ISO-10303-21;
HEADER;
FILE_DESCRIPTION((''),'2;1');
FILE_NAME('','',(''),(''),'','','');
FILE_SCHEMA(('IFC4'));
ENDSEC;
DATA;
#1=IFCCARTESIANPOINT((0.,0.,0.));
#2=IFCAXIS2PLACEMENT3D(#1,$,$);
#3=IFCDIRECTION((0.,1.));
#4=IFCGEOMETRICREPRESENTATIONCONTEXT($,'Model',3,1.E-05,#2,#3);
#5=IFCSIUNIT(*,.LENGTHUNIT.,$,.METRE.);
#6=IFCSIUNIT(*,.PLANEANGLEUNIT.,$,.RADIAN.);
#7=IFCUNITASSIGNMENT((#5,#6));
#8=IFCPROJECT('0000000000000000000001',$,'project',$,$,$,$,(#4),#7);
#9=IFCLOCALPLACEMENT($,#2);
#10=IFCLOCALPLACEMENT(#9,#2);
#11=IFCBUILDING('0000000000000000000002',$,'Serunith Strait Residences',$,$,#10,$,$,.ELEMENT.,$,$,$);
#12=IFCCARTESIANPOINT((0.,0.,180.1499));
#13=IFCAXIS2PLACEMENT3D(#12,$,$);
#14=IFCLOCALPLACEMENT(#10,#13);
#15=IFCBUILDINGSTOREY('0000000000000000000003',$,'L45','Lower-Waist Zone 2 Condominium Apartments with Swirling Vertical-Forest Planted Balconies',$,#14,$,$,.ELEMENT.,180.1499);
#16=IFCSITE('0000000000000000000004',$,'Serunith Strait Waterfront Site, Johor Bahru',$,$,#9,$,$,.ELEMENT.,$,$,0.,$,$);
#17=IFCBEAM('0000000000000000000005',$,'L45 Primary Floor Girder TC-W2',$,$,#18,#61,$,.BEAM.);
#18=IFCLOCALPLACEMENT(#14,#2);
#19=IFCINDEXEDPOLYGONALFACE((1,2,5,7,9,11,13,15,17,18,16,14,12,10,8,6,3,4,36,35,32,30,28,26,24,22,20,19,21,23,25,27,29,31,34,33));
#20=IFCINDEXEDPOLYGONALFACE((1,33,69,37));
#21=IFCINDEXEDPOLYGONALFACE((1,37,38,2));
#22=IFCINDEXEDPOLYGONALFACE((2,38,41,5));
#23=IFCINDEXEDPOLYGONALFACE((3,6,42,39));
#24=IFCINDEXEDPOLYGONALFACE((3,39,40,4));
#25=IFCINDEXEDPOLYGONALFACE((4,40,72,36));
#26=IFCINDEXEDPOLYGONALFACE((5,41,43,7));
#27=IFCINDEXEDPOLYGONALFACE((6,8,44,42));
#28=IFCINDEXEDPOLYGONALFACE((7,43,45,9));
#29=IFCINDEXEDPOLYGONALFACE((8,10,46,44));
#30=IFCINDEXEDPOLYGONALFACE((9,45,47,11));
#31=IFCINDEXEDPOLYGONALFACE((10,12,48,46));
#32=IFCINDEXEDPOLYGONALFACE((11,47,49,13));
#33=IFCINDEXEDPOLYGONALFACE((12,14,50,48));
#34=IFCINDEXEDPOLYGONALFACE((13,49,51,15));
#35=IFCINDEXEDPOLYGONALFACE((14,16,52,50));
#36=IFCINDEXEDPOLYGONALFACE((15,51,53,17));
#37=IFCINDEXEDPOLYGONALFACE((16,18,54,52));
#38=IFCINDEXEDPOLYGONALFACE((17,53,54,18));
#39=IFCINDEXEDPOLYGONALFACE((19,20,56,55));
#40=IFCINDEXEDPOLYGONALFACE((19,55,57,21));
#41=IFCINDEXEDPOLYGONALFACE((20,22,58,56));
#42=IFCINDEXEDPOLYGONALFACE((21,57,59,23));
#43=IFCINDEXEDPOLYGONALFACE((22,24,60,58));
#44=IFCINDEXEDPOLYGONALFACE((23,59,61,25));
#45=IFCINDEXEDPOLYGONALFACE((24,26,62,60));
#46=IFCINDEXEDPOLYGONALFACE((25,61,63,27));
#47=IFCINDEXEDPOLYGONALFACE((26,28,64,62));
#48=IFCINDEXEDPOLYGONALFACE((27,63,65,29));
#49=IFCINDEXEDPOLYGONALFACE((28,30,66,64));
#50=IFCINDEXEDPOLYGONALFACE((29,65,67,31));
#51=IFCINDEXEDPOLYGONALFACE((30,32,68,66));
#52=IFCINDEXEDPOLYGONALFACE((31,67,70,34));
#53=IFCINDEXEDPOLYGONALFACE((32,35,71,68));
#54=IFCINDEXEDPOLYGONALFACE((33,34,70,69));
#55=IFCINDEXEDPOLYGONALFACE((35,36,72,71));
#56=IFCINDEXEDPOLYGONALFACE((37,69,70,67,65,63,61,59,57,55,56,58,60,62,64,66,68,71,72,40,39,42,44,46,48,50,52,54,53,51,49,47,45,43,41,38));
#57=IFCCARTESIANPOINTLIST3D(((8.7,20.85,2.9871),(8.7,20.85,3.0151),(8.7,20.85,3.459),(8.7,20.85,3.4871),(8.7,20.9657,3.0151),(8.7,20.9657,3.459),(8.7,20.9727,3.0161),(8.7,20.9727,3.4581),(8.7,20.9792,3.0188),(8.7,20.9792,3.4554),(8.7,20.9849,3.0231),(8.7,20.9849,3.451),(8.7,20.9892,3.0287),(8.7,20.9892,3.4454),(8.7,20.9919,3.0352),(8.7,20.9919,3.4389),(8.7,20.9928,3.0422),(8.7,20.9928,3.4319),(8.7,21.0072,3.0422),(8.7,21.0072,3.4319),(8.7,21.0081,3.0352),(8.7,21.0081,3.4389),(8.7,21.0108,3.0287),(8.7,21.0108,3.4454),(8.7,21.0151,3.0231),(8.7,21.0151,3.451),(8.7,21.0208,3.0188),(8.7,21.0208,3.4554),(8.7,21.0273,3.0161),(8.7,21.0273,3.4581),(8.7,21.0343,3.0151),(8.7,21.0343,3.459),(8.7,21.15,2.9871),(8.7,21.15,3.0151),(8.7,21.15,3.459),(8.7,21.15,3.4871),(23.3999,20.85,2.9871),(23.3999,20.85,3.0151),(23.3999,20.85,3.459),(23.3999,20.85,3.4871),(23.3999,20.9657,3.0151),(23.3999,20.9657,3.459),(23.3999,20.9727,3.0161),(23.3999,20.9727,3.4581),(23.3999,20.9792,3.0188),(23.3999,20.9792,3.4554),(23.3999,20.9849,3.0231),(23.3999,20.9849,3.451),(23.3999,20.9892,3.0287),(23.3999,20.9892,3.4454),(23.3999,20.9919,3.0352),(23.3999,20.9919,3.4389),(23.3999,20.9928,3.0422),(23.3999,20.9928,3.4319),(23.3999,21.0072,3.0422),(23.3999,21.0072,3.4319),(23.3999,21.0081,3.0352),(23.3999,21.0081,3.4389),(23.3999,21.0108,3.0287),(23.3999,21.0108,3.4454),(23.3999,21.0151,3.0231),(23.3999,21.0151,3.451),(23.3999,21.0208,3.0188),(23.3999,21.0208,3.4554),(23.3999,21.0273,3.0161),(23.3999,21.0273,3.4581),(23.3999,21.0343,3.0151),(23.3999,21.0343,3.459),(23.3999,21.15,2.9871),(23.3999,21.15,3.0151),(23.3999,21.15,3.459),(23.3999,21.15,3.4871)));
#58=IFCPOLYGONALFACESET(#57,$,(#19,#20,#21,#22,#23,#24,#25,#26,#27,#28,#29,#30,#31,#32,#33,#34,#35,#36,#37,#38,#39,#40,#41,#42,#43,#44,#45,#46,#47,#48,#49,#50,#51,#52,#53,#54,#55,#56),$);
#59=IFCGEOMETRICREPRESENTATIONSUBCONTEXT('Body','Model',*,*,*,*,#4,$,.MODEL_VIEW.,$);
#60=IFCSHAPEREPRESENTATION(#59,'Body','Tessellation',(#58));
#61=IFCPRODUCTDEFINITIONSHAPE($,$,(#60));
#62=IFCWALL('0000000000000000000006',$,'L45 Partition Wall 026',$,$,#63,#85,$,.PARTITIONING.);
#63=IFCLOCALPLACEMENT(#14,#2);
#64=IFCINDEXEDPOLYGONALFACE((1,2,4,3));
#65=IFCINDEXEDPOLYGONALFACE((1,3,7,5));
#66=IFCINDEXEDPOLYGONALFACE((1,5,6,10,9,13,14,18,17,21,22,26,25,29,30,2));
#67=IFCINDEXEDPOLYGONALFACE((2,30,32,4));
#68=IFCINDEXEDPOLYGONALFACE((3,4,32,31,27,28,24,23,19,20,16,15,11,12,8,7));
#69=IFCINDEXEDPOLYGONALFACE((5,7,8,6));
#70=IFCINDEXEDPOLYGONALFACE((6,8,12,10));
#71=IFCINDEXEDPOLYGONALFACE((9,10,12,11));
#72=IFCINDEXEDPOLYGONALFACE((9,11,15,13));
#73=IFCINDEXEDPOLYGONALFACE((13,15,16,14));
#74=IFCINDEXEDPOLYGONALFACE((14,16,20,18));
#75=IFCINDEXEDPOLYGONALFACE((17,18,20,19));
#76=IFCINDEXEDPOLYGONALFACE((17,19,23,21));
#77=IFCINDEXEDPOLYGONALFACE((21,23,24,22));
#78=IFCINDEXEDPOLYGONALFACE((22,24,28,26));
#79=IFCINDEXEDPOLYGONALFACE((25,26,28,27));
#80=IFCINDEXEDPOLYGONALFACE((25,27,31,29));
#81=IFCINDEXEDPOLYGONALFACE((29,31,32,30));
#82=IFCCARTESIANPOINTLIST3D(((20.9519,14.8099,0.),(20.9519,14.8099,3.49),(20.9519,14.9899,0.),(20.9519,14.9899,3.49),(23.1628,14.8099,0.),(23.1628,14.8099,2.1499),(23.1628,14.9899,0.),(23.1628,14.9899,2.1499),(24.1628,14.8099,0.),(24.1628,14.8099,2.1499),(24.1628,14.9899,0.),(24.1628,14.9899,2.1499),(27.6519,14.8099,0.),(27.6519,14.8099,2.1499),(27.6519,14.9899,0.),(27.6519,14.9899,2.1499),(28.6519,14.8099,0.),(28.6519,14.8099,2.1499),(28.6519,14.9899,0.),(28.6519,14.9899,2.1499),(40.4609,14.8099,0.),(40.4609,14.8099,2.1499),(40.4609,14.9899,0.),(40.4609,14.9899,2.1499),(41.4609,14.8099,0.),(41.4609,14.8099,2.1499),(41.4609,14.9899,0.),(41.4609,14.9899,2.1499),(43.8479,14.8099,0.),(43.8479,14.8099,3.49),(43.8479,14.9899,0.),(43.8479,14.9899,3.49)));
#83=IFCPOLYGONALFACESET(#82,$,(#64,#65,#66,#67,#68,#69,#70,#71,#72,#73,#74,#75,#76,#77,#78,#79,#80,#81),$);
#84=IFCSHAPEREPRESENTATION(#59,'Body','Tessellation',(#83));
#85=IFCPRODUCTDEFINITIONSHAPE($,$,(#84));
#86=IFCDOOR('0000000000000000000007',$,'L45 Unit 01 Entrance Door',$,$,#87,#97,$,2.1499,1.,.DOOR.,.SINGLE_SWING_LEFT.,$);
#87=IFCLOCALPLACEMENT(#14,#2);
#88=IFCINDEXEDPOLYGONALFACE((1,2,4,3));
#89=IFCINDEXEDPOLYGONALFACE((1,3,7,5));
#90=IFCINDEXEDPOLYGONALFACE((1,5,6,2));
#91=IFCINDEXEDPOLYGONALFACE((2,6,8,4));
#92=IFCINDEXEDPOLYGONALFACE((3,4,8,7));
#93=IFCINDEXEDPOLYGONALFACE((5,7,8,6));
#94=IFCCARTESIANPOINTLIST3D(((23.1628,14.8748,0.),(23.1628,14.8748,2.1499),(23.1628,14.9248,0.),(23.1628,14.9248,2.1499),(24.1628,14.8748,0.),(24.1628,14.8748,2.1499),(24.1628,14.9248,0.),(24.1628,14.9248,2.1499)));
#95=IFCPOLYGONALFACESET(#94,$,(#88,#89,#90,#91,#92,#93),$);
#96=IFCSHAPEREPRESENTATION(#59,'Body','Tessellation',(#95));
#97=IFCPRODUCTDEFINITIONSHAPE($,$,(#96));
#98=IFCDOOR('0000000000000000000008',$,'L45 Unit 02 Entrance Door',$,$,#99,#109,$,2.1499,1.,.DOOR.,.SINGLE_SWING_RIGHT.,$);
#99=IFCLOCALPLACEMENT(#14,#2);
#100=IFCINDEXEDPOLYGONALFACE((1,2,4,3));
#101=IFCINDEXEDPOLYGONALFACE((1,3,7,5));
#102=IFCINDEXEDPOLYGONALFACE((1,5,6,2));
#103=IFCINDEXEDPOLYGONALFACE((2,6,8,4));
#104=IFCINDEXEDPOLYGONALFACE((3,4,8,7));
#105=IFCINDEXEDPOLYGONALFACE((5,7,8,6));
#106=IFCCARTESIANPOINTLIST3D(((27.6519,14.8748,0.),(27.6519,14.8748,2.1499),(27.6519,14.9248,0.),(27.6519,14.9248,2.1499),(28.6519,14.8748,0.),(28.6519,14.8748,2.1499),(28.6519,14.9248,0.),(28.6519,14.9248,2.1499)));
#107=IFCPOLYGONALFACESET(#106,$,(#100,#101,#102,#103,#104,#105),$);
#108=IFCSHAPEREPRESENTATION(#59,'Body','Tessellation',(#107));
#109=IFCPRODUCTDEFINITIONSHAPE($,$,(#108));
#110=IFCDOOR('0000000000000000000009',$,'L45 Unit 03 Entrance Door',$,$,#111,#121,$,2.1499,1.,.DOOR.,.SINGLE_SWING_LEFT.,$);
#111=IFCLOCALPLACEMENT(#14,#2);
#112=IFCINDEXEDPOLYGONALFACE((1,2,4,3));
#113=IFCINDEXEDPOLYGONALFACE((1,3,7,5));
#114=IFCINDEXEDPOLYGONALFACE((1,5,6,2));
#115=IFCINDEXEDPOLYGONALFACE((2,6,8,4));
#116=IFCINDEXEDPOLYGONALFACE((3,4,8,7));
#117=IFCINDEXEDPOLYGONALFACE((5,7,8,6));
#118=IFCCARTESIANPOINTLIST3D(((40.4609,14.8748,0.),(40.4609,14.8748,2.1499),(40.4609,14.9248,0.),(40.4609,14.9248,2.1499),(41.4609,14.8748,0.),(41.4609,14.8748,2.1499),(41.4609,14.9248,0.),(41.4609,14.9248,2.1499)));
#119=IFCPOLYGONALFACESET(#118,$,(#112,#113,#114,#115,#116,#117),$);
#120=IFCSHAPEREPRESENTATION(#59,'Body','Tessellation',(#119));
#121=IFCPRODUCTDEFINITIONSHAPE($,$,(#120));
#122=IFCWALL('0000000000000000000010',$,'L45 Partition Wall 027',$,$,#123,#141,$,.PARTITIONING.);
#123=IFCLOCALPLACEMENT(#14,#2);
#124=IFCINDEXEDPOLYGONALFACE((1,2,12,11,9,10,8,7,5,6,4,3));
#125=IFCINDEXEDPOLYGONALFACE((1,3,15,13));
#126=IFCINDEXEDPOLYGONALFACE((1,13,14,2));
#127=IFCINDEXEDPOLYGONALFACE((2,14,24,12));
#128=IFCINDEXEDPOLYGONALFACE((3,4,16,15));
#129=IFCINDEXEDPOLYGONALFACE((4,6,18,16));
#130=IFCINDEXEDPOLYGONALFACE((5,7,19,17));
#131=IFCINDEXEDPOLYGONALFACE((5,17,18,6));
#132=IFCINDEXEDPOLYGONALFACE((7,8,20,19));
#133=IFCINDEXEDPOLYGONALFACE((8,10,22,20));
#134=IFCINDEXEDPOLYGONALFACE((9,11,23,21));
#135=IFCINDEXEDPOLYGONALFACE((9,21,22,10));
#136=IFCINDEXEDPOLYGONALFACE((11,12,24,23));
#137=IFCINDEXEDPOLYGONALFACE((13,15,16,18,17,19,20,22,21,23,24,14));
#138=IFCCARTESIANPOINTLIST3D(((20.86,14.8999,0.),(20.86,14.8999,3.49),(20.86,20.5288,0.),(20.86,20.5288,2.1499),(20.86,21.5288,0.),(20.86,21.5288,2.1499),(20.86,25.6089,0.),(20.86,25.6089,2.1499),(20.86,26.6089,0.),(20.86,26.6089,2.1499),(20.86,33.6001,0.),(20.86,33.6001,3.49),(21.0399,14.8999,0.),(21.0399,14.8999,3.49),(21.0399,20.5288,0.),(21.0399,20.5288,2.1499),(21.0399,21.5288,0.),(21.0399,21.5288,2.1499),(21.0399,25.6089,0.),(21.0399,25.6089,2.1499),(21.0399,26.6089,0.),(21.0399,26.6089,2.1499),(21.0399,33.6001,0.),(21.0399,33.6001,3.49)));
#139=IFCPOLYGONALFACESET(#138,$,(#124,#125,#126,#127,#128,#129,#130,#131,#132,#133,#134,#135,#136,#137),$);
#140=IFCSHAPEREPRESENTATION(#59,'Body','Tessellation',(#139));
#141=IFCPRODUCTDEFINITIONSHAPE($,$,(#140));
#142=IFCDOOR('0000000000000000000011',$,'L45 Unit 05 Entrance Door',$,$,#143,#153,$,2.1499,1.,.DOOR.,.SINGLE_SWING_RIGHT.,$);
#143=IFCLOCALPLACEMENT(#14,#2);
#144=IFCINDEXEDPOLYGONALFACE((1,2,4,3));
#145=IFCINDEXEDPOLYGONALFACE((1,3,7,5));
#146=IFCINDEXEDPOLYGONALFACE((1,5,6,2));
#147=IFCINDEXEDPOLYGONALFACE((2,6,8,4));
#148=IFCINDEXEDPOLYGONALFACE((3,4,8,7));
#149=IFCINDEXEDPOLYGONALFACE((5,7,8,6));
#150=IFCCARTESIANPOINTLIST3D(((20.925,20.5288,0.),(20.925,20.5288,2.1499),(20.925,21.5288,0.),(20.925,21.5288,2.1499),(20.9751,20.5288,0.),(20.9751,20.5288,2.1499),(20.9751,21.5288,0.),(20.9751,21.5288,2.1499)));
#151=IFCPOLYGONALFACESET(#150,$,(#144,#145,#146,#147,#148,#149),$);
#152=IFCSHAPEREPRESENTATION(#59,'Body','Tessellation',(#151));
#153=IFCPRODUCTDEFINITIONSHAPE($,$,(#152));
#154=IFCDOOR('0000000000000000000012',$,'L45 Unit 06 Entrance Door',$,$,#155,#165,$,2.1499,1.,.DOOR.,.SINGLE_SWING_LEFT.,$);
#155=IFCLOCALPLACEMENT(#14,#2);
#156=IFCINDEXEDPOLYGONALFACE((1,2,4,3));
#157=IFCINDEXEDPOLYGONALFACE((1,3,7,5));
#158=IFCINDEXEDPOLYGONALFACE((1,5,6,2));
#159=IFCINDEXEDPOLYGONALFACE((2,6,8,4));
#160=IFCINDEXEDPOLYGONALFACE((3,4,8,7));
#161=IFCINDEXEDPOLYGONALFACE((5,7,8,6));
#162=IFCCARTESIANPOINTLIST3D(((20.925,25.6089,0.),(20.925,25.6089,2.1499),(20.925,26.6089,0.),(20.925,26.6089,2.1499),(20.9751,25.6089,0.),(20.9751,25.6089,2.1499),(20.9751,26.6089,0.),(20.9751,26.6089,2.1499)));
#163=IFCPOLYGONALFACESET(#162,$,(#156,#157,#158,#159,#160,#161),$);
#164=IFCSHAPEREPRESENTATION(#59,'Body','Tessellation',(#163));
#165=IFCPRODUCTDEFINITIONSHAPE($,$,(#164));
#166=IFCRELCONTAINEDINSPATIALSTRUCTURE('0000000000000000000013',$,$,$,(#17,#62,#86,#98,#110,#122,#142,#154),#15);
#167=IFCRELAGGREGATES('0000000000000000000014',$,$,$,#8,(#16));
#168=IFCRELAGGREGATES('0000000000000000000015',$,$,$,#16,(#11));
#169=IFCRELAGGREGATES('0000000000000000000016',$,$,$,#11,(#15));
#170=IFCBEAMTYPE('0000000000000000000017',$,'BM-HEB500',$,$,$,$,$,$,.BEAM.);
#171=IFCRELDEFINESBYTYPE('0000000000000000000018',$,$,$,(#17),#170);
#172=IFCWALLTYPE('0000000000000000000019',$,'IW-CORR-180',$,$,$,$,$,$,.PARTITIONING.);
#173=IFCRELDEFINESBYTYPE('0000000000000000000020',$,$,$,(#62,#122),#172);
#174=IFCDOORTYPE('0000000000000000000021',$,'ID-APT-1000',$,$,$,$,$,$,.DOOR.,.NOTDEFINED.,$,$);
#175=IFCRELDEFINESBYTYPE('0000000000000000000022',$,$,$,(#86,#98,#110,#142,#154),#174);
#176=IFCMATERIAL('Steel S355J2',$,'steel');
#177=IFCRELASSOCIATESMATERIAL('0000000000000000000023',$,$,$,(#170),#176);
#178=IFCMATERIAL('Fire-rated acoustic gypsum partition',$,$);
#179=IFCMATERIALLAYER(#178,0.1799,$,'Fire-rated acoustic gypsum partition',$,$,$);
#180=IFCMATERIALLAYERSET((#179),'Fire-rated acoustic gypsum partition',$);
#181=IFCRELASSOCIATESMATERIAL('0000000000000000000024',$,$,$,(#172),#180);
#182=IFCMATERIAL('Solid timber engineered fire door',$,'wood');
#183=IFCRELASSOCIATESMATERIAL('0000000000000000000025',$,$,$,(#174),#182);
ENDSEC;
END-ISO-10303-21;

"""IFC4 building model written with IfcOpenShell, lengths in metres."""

from ifc_helpers import new_model, si_unit, direction, frame, frame_2d, origin, origin_2d, place, context, subcontext, project, spatial, rectangle, i_section, extrude, source, transform, mapped, material, layer, layer_set, material_profile, profile_set, type_object, element, fill, save


model = new_model("IFC4")

# Units and contexts
model_context = context("Model", 3, precision=1e-05, world=origin(), true_north=direction((0.0, 1.0)))
body_context = subcontext(model_context, "Body", "Model", "MODEL_VIEW")
ifc_project = project(units=[si_unit("LENGTHUNIT", "METRE"), si_unit("PLANEANGLEUNIT", "RADIAN")], contexts=[model_context])

# Site, building, storey
site_placement = place(None, origin())
site = spatial("IfcSite", under=ifc_project, at=site_placement, Name="Serunith Strait Waterfront Site, Johor Bahru", CompositionType="ELEMENT", RefElevation=0.0)
building_placement = place(site_placement, origin())
building = spatial("IfcBuilding", under=site, at=building_placement, Name="Serunith Strait Residences", CompositionType="ELEMENT")
storey_placement = place(building_placement, frame((0.0, 0.0, 180.1499)))
storey = spatial("IfcBuildingStorey", under=building, at=storey_placement, Name="L45", Description="Lower-Waist Zone 2 Condominium Apartments with Swirling Vertical-Forest Planted Balconies", CompositionType="ELEMENT", Elevation=180.1499)

# Beam
ifc_material_1 = material(Name="Steel S355J2", Category="steel")
ifc_material_profile = material_profile(ifc_material_1, i_section(OverallWidth=0.3, OverallDepth=0.5, WebThickness=0.0144, FlangeThickness=0.0281, FilletRadius=0.0271, at=origin_2d()), Name="HEB 500")
ifc_profile_set = profile_set([ifc_material_profile], Name="Steel S355J2")
beam_type = type_object("IfcBeamType", Name="BM-HEB500", PredefinedType="BEAM", material=ifc_profile_set)
shared_shape_1 = source(origin(), body_context, "Body", "SweptSolid", [
    extrude(i_section(OverallWidth=0.3, OverallDepth=0.5, WebThickness=0.0144, FlangeThickness=0.0281, FilletRadius=0.0271, at=origin_2d()), origin(), (0.0, 0.0, 1.0), 14.7),
])
beam_placement = place(storey_placement, frame((23.3999, 21.0, 3.2371), z_axis=(-1.0, 0.0, 0.0), x_axis=(0.0, -1.0, 0.0)))
element("IfcBeam", 1, at=beam_placement, inside=storey, type_object=beam_type, Name="L45 Primary Floor Girder TC-W2", PredefinedType="BEAM", context=body_context, shape_type="MappedRepresentation", body=[
    mapped(shared_shape_1, transform((0.0, 0.0, 0.0), scale=1.0)),
])

# Walls, openings, doors
ifc_material_2 = material(Name="Fire-rated acoustic gypsum partition")
ifc_layer_1 = layer(ifc_material_2, 0.1799, Name="Fire-rated acoustic gypsum partition")
ifc_layer_set_1 = layer_set([ifc_layer_1], Name="Fire-rated acoustic gypsum partition")
wall_type_1 = type_object("IfcWallType", Name="IW-CORR-180", PredefinedType="PARTITIONING", material=ifc_layer_set_1)
wall_1_placement = place(storey_placement, frame((20.9519, 14.8999, 0.0), z_axis=(0.0, 0.0, 1.0), x_axis=(1.0, 0.0, 0.0)))
wall_1 = element("IfcWall", 2, at=wall_1_placement, inside=storey, type_object=wall_type_1, Name="L45 Partition Wall 026", PredefinedType="PARTITIONING", context=body_context, shape_type="SweptSolid", body=[
    extrude(rectangle(XDim=22.896, YDim=0.1799, at=frame_2d((11.448, 0.0))), origin(), (0.0, 0.0, 1.0), 3.49),
])
opening_1_placement = place(wall_1_placement, frame((2.2109, 0.0, 0.0)))
opening_1 = element("IfcOpeningElement", 3, at=opening_1_placement, cuts=wall_1, PredefinedType="OPENING", context=body_context, shape_type="SweptSolid", body=[
    extrude(rectangle(XDim=1.0, YDim=2.1499, at=frame_2d((0.5, 1.075))), frame((0.0, 0.1001, 0.0), z_axis=(0.0, -1.0, 0.0), x_axis=(1.0, 0.0, 0.0)), (0.0, 0.0, 1.0), 0.2),
])
opening_2_placement = place(wall_1_placement, frame((6.7, 0.0, 0.0)))
opening_2 = element("IfcOpeningElement", 4, at=opening_2_placement, cuts=wall_1, PredefinedType="OPENING", context=body_context, shape_type="SweptSolid", body=[
    extrude(rectangle(XDim=1.0, YDim=2.1499, at=frame_2d((0.5, 1.075))), frame((0.0, 0.1001, 0.0), z_axis=(0.0, -1.0, 0.0), x_axis=(1.0, 0.0, 0.0)), (0.0, 0.0, 1.0), 0.2),
])
opening_3_placement = place(wall_1_placement, frame((19.509, 0.0, 0.0)))
opening_3 = element("IfcOpeningElement", 5, at=opening_3_placement, cuts=wall_1, PredefinedType="OPENING", context=body_context, shape_type="SweptSolid", body=[
    extrude(rectangle(XDim=1.0, YDim=2.1499, at=frame_2d((0.5, 1.075))), frame((0.0, 0.1001, 0.0), z_axis=(0.0, -1.0, 0.0), x_axis=(1.0, 0.0, 0.0)), (0.0, 0.0, 1.0), 0.2),
])
ifc_material_3 = material(Name="Solid timber engineered fire door", Category="wood")
door_type_1 = type_object("IfcDoorType", Name="ID-APT-1000", OperationType="NOTDEFINED", PredefinedType="DOOR", material=ifc_material_3)
shared_shape_2 = source(origin(), body_context, "Body", "SweptSolid", [
    extrude(rectangle(XDim=1.0, YDim=2.1499, at=frame_2d((0.5, 1.075))), frame((0.0, 0.0249, 0.0), z_axis=(0.0, -1.0, 0.0), x_axis=(1.0, 0.0, 0.0)), (0.0, 0.0, 1.0), 0.05),
])
door_1_placement = place(opening_1_placement, origin())
door_1 = element("IfcDoor", 6, at=door_1_placement, inside=storey, type_object=door_type_1, Name="L45 Unit 01 Entrance Door", OperationType="SINGLE_SWING_LEFT", OverallHeight=2.1499, OverallWidth=1.0, PredefinedType="DOOR", context=body_context, shape_type="MappedRepresentation", body=[
    mapped(shared_shape_2, transform((0.0, 0.0, 0.0), scale=1.0)),
])
fill(opening_1, door_1)
door_2_placement = place(opening_2_placement, origin())
door_2 = element("IfcDoor", 7, at=door_2_placement, inside=storey, type_object=door_type_1, Name="L45 Unit 02 Entrance Door", OperationType="SINGLE_SWING_RIGHT", OverallHeight=2.1499, OverallWidth=1.0, PredefinedType="DOOR", context=body_context, shape_type="MappedRepresentation", body=[
    mapped(shared_shape_2, transform((0.0, 0.0, 0.0), scale=1.0)),
])
fill(opening_2, door_2)
door_3_placement = place(opening_3_placement, origin())
door_3 = element("IfcDoor", 8, at=door_3_placement, inside=storey, type_object=door_type_1, Name="L45 Unit 03 Entrance Door", OperationType="SINGLE_SWING_LEFT", OverallHeight=2.1499, OverallWidth=1.0, PredefinedType="DOOR", context=body_context, shape_type="MappedRepresentation", body=[
    mapped(shared_shape_2, transform((0.0, 0.0, 0.0), scale=1.0)),
])
fill(opening_3, door_3)
wall_2_placement = place(storey_placement, frame((20.95, 14.8999, 0.0), z_axis=(0.0, 0.0, 1.0), x_axis=(0.0, 1.0, 0.0)))
wall_2 = element("IfcWall", 9, at=wall_2_placement, inside=storey, type_object=wall_type_1, Name="L45 Partition Wall 027", PredefinedType="PARTITIONING", context=body_context, shape_type="SweptSolid", body=[
    extrude(rectangle(XDim=18.7002, YDim=0.1799, at=frame_2d((9.3501, 0.0))), origin(), (0.0, 0.0, 1.0), 3.49),
])
opening_4_placement = place(wall_2_placement, frame((5.6289, 0.0, 0.0)))
opening_4 = element("IfcOpeningElement", 10, at=opening_4_placement, cuts=wall_2, PredefinedType="OPENING", context=body_context, shape_type="SweptSolid", body=[
    extrude(rectangle(XDim=1.0, YDim=2.1499, at=frame_2d((0.5, 1.075))), frame((0.0, 0.1001, 0.0), z_axis=(0.0, -1.0, 0.0), x_axis=(1.0, 0.0, 0.0)), (0.0, 0.0, 1.0), 0.2),
])
opening_5_placement = place(wall_2_placement, frame((10.709, 0.0, 0.0)))
opening_5 = element("IfcOpeningElement", 11, at=opening_5_placement, cuts=wall_2, PredefinedType="OPENING", context=body_context, shape_type="SweptSolid", body=[
    extrude(rectangle(XDim=1.0, YDim=2.1499, at=frame_2d((0.5, 1.075))), frame((0.0, 0.1001, 0.0), z_axis=(0.0, -1.0, 0.0), x_axis=(1.0, 0.0, 0.0)), (0.0, 0.0, 1.0), 0.2),
])
door_4_placement = place(opening_4_placement, origin())
door_4 = element("IfcDoor", 12, at=door_4_placement, inside=storey, type_object=door_type_1, Name="L45 Unit 05 Entrance Door", OperationType="SINGLE_SWING_RIGHT", OverallHeight=2.1499, OverallWidth=1.0, PredefinedType="DOOR", context=body_context, shape_type="MappedRepresentation", body=[
    mapped(shared_shape_2, transform((0.0, 0.0, 0.0), scale=1.0)),
])
fill(opening_4, door_4)
door_5_placement = place(opening_5_placement, origin())
door_5 = element("IfcDoor", 13, at=door_5_placement, inside=storey, type_object=door_type_1, Name="L45 Unit 06 Entrance Door", OperationType="SINGLE_SWING_LEFT", OverallHeight=2.1499, OverallWidth=1.0, PredefinedType="DOOR", context=body_context, shape_type="MappedRepresentation", body=[
    mapped(shared_shape_2, transform((0.0, 0.0, 0.0), scale=1.0)),
])
fill(opening_5, door_5)

save(model, "model.ifc")
